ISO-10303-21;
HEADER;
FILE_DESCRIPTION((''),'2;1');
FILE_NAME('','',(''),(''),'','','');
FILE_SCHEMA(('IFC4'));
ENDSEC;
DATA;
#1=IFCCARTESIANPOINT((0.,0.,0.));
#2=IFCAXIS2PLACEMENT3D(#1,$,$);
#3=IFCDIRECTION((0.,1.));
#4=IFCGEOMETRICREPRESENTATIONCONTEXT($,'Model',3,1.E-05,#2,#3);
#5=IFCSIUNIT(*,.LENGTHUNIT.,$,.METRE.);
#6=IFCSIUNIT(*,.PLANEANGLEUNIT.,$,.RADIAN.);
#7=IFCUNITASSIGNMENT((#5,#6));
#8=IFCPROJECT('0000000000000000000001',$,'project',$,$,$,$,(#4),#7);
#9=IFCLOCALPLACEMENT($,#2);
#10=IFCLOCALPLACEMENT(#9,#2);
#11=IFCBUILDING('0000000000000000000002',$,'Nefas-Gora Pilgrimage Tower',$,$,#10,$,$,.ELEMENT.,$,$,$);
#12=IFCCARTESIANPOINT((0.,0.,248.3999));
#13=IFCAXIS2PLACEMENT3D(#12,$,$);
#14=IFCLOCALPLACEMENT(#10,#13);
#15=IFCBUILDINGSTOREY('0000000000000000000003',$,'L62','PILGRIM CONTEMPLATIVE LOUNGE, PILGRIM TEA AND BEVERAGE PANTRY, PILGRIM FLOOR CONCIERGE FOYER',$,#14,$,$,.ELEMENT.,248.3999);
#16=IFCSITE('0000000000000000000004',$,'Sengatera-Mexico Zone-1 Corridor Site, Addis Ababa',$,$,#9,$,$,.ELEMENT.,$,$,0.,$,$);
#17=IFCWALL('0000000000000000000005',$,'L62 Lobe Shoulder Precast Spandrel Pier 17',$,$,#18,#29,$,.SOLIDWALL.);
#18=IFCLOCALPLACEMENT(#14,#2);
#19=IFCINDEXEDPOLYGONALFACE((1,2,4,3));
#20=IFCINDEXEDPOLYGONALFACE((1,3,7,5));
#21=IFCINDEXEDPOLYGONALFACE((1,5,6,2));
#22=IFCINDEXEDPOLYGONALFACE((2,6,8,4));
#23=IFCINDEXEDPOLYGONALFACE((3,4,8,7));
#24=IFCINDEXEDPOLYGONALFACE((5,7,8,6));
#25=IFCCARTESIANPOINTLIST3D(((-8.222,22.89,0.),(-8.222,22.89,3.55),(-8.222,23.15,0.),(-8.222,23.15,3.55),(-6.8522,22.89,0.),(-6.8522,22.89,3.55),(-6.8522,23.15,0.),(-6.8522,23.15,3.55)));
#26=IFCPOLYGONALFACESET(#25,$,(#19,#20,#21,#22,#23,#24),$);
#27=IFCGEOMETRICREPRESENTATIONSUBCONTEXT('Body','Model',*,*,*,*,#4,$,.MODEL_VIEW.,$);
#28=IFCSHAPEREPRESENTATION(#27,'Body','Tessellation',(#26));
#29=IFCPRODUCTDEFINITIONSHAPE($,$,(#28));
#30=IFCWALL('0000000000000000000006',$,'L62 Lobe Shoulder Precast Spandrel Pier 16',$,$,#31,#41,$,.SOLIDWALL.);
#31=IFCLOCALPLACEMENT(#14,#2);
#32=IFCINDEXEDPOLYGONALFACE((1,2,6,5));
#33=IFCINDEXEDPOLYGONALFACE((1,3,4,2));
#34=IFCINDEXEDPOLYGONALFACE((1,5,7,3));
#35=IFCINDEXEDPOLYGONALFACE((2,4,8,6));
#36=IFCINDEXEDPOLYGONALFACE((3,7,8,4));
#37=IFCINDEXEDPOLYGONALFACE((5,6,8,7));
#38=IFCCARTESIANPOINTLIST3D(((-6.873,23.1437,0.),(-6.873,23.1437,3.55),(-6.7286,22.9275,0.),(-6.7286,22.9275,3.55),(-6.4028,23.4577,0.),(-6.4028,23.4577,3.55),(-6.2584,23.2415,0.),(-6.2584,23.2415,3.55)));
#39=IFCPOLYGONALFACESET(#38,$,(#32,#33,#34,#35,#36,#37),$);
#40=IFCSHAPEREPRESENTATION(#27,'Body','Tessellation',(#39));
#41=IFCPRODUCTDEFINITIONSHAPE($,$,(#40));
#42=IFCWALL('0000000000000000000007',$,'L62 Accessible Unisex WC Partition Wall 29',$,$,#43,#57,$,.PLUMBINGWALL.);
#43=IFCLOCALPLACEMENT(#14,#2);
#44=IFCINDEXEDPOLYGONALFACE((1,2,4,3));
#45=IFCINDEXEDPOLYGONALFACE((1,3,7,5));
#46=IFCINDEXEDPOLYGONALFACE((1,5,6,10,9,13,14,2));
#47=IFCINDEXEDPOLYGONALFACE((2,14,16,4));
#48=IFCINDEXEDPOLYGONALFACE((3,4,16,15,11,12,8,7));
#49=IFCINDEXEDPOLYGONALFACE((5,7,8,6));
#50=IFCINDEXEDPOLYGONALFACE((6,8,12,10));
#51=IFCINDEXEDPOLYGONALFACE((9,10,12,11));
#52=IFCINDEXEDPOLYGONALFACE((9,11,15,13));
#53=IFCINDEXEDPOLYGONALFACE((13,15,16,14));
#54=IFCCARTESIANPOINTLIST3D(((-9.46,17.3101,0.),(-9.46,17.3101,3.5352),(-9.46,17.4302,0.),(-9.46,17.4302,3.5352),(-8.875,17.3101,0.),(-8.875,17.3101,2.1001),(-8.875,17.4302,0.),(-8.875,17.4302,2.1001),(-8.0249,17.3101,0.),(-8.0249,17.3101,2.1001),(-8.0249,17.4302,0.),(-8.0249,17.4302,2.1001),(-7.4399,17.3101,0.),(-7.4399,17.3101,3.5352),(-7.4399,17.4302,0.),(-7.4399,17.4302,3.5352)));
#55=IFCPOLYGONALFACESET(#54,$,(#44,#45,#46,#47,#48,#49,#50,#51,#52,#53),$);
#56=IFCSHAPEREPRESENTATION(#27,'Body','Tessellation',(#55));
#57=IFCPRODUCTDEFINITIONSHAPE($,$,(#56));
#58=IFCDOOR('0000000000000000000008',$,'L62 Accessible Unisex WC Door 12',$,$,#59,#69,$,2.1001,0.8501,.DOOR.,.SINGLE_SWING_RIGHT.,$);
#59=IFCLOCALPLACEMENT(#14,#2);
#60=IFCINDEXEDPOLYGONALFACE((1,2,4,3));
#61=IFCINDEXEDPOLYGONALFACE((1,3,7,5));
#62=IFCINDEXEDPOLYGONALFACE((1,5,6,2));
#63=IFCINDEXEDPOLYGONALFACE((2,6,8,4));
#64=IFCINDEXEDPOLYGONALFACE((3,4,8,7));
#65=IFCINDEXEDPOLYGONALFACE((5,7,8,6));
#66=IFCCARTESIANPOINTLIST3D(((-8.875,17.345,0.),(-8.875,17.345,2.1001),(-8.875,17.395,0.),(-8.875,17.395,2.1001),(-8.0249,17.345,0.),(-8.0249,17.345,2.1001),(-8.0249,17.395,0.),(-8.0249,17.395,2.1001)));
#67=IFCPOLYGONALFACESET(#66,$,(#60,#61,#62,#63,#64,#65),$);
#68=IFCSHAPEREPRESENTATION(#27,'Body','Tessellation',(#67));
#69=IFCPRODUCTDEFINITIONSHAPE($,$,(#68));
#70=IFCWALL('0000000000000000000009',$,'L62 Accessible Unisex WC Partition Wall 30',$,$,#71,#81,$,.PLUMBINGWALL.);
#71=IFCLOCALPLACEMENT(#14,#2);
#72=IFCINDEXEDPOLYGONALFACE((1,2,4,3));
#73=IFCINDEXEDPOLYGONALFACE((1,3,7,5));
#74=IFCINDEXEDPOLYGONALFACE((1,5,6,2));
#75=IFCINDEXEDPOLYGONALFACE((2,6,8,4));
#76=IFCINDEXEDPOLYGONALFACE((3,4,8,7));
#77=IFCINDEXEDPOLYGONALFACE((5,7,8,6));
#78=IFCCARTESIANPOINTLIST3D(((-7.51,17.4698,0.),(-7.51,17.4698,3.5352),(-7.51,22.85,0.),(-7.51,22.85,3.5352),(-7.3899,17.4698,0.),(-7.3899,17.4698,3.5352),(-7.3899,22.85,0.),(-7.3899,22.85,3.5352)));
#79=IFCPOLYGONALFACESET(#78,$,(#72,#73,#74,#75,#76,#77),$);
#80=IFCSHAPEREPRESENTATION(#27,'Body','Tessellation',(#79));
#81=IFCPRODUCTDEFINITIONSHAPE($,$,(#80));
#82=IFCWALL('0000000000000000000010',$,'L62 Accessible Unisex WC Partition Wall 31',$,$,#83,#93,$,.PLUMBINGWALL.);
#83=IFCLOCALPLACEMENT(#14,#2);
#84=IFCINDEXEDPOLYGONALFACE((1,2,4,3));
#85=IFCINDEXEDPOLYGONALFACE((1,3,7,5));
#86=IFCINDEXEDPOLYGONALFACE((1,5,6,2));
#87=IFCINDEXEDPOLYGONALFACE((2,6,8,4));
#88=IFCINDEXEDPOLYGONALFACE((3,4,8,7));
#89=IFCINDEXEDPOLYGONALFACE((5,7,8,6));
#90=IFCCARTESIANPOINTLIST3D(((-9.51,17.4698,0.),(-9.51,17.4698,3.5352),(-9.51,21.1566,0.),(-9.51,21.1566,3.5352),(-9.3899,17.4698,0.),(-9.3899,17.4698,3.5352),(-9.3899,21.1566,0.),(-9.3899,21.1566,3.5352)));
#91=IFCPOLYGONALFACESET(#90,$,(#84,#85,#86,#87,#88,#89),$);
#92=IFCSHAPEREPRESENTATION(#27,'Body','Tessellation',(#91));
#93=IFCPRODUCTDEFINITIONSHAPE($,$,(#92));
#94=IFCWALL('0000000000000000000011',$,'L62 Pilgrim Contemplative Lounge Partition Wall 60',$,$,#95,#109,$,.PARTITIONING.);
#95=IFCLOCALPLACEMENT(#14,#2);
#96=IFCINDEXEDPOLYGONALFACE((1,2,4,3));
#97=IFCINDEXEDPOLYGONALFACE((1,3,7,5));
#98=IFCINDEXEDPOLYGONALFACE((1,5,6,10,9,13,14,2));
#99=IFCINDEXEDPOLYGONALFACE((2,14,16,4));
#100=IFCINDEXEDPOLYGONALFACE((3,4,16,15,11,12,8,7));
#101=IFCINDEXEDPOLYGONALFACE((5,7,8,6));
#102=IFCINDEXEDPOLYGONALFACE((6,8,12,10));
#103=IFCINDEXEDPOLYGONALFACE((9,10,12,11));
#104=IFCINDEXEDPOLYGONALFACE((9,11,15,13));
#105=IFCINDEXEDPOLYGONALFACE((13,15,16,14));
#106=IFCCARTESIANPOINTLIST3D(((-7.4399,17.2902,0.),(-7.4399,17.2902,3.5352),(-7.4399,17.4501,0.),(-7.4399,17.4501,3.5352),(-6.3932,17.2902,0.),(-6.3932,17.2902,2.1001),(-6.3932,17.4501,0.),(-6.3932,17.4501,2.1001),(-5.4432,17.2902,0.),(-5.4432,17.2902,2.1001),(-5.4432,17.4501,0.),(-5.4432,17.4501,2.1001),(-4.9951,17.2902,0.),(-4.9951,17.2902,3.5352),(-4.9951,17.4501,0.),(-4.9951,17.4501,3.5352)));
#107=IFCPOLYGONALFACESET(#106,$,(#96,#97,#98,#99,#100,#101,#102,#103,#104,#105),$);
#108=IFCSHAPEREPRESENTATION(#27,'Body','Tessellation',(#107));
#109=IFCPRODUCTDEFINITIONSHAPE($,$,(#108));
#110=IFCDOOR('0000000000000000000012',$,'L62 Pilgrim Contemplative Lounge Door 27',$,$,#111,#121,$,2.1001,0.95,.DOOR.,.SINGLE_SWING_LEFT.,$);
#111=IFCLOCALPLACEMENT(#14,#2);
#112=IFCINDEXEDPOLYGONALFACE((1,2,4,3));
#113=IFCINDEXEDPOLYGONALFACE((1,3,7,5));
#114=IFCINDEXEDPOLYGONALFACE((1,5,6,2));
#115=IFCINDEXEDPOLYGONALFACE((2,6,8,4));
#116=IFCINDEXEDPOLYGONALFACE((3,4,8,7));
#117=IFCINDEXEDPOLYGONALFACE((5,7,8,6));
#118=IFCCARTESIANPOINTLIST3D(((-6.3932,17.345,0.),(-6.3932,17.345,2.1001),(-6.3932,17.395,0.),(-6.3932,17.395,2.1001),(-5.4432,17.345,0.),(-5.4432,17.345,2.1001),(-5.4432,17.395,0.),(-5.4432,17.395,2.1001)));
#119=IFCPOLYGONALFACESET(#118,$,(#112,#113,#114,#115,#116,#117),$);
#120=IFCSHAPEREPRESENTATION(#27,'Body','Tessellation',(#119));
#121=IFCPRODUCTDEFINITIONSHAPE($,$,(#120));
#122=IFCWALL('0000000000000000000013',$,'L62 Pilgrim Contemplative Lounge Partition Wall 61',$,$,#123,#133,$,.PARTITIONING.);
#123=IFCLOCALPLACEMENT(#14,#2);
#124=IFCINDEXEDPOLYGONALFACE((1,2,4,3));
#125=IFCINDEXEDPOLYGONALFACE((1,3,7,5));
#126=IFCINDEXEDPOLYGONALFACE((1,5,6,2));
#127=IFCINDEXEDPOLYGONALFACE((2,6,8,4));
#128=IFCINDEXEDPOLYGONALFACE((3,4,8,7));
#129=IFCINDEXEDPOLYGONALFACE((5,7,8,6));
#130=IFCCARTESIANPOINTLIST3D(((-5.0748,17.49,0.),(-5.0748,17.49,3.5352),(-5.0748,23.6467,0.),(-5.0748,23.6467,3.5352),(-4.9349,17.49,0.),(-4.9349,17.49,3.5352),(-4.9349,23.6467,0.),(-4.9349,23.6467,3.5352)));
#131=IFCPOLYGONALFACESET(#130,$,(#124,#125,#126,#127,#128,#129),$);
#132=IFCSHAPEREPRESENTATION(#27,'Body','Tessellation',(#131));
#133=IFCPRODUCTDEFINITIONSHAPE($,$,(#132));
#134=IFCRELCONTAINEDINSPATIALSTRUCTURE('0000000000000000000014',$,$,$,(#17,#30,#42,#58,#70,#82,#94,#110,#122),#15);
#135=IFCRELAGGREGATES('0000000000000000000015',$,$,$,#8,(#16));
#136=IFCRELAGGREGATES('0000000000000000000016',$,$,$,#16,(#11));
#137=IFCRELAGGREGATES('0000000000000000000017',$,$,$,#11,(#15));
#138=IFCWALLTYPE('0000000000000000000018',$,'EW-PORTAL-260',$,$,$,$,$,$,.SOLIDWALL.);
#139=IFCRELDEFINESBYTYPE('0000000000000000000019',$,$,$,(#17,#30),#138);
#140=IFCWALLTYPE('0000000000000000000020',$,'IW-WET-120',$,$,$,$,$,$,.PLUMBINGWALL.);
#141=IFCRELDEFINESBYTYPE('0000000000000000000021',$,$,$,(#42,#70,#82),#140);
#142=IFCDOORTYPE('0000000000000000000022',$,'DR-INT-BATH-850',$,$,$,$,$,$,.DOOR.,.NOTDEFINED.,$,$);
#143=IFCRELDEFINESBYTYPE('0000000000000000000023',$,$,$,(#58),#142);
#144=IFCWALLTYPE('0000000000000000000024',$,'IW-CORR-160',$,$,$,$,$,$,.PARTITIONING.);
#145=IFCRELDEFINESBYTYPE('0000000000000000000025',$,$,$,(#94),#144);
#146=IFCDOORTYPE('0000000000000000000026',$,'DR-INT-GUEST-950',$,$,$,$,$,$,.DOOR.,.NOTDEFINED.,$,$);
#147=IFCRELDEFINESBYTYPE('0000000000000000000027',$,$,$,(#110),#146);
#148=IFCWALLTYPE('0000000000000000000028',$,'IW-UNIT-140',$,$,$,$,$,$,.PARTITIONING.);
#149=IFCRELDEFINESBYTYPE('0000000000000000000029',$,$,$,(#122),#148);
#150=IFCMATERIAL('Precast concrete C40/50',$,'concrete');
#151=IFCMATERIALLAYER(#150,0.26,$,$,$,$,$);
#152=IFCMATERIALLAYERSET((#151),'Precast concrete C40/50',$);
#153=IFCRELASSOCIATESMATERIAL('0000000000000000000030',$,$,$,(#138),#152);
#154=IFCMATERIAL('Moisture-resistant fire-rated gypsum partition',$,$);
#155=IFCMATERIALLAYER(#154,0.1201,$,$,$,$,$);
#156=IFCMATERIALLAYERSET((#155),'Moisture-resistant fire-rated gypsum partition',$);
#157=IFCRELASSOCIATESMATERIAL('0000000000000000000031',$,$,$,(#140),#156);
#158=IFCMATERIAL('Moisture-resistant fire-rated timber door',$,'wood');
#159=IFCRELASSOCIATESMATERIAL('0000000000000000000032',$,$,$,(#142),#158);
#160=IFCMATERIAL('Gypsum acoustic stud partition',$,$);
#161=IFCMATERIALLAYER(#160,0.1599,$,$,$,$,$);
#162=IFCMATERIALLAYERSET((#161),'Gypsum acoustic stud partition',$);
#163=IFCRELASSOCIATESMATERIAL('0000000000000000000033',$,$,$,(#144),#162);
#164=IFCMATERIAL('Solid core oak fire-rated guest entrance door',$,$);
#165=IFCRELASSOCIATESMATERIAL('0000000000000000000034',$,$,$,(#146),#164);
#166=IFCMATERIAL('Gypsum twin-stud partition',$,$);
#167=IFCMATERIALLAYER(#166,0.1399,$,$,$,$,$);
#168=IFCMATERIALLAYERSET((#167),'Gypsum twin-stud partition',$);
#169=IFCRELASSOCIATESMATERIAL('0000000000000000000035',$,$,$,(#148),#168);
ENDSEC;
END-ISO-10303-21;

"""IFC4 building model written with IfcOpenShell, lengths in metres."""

from ifc_helpers import new_model, si_unit, direction, frame, frame_2d, origin, place, context, subcontext, project, spatial, rectangle, extrude, source, transform, mapped, material, layer, layer_set, type_object, element, fill, save


model = new_model("IFC4")

# Units and contexts
model_context = context("Model", 3, precision=1e-05, world=origin(), true_north=direction((0.0, 1.0)))
body_context = subcontext(model_context, "Body", "Model", "MODEL_VIEW")
ifc_project = project(units=[si_unit("LENGTHUNIT", "METRE"), si_unit("PLANEANGLEUNIT", "RADIAN")], contexts=[model_context])

# Site, building, storey
site_placement = place(None, origin())
site = spatial("IfcSite", under=ifc_project, at=site_placement, Name="Sengatera-Mexico Zone-1 Corridor Site, Addis Ababa", CompositionType="ELEMENT", RefElevation=0.0)
building_placement = place(site_placement, origin())
building = spatial("IfcBuilding", under=site, at=building_placement, Name="Nefas-Gora Pilgrimage Tower", CompositionType="ELEMENT")
storey_placement = place(building_placement, frame((0.0, 0.0, 248.3999)))
storey = spatial("IfcBuildingStorey", under=building, at=storey_placement, Name="L62", Description="PILGRIM CONTEMPLATIVE LOUNGE, PILGRIM TEA AND BEVERAGE PANTRY, PILGRIM FLOOR CONCIERGE FOYER", CompositionType="ELEMENT", Elevation=248.3999)

# Walls
ifc_material_1 = material(Name="Precast concrete C40/50", Category="concrete")
ifc_layer_1 = layer(ifc_material_1, 0.26)
ifc_layer_set_1 = layer_set([ifc_layer_1], Name="Precast concrete C40/50")
wall_type_1 = type_object("IfcWallType", Name="EW-PORTAL-260", PredefinedType="SOLIDWALL", material=ifc_layer_set_1)
shared_shape_1 = source(origin(), body_context, "Body", "SweptSolid", [
    extrude(rectangle(XDim=1.3699, YDim=0.26, at=frame_2d((0.6851, 0.0))), origin(), (0.0, 0.0, 1.0), 3.55),
])
wall_1_placement = place(storey_placement, frame((-6.8521, 23.02, 0.0), z_axis=(0.0, 0.0, 1.0), x_axis=(-1.0, 0.0, 0.0)))
element("IfcWall", 1, at=wall_1_placement, inside=storey, type_object=wall_type_1, Name="L62 Lobe Shoulder Precast Spandrel Pier 17", PredefinedType="SOLIDWALL", context=body_context, shape_type="MappedRepresentation", body=[
    mapped(shared_shape_1, transform((0.0, 0.0, 0.0), x_axis=(1.0, 0.0, 0.0), y_axis=(0.0, 1.0, 0.0), z_axis=(0.0, 0.0, 1.0), scale=1.0)),
])
shared_shape_2 = source(origin(), body_context, "Body", "SweptSolid", [
    extrude(rectangle(XDim=0.5654, YDim=0.26, at=frame_2d((0.2827, 0.0))), origin(), (0.0, 0.0, 1.0), 3.55),
])
wall_2_placement = place(storey_placement, frame((-6.3306, 23.3496, 0.0), z_axis=(0.0, 0.0, 1.0), x_axis=(-0.831651, -0.555298, 0.0)))
element("IfcWall", 2, at=wall_2_placement, inside=storey, type_object=wall_type_1, Name="L62 Lobe Shoulder Precast Spandrel Pier 16", PredefinedType="SOLIDWALL", context=body_context, shape_type="MappedRepresentation", body=[
    mapped(shared_shape_2, transform((0.0, 0.0, 0.0), x_axis=(1.0, 0.0, 0.0), y_axis=(0.0, 1.0, 0.0), z_axis=(0.0, 0.0, 1.0), scale=1.0)),
])

# Wall, opening, door
ifc_material_2 = material(Name="Moisture-resistant fire-rated gypsum partition")
ifc_layer_2 = layer(ifc_material_2, 0.1201)
ifc_layer_set_2 = layer_set([ifc_layer_2], Name="Moisture-resistant fire-rated gypsum partition")
wall_type_2 = type_object("IfcWallType", Name="IW-WET-120", PredefinedType="PLUMBINGWALL", material=ifc_layer_set_2)
shared_shape_3 = source(origin(), body_context, "Body", "SweptSolid", [
    extrude(rectangle(XDim=2.02, YDim=0.1201, at=frame_2d((1.01, 0.0))), origin(), (0.0, 0.0, 1.0), 3.5352),
])
wall_3_placement = place(storey_placement, frame((-9.46, 17.3701, 0.0), z_axis=(0.0, 0.0, 1.0), x_axis=(1.0, 0.0, 0.0)))
wall_3 = element("IfcWall", 3, at=wall_3_placement, inside=storey, type_object=wall_type_2, Name="L62 Accessible Unisex WC Partition Wall 29", PredefinedType="PLUMBINGWALL", context=body_context, shape_type="MappedRepresentation", body=[
    mapped(shared_shape_3, transform((0.0, 0.0, 0.0), x_axis=(1.0, 0.0, 0.0), y_axis=(0.0, 1.0, 0.0), z_axis=(0.0, 0.0, 1.0), scale=1.0)),
])
opening_1_placement = place(wall_3_placement, frame((0.585, 0.0, 0.0)))
opening_1 = element("IfcOpeningElement", 4, at=opening_1_placement, cuts=wall_3, PredefinedType="OPENING", context=body_context, shape_type="SweptSolid", body=[
    extrude(rectangle(XDim=0.8501, YDim=2.1001, at=frame_2d((0.425, 1.05))), frame((0.0, 0.0701, 0.0), z_axis=(0.0, -1.0, 0.0), x_axis=(1.0, 0.0, 0.0)), (0.0, 0.0, 1.0), 0.1401),
])
ifc_material_3 = material(Name="Moisture-resistant fire-rated timber door", Category="wood")
door_type_1 = type_object("IfcDoorType", Name="DR-INT-BATH-850", OperationType="NOTDEFINED", PredefinedType="DOOR", material=ifc_material_3)
shared_shape_4 = source(origin(), body_context, "Body", "SweptSolid", [
    extrude(rectangle(XDim=0.8501, YDim=2.1001, at=frame_2d((0.425, 1.05))), frame((0.0, 0.0249, 0.0), z_axis=(0.0, -1.0, 0.0), x_axis=(1.0, 0.0, 0.0)), (0.0, 0.0, 1.0), 0.05),
])
door_1_placement = place(opening_1_placement, origin())
door_1 = element("IfcDoor", 5, at=door_1_placement, inside=storey, type_object=door_type_1, Name="L62 Accessible Unisex WC Door 12", OperationType="SINGLE_SWING_RIGHT", OverallHeight=2.1001, OverallWidth=0.8501, PredefinedType="DOOR", context=body_context, shape_type="MappedRepresentation", body=[
    mapped(shared_shape_4, transform((0.0, 0.0, 0.0), x_axis=(1.0, 0.0, 0.0), y_axis=(0.0, 1.0, 0.0), z_axis=(0.0, 0.0, 1.0), scale=1.0)),
])
fill(opening_1, door_1)

# Walls
shared_shape_5 = source(origin(), body_context, "Body", "SweptSolid", [
    extrude(rectangle(XDim=5.3801, YDim=0.1201, at=frame_2d((2.6899, 0.0))), origin(), (0.0, 0.0, 1.0), 3.5352),
])
wall_4_placement = place(storey_placement, frame((-7.45, 17.47, 0.0), z_axis=(0.0, 0.0, 1.0), x_axis=(0.0, 1.0, 0.0)))
element("IfcWall", 6, at=wall_4_placement, inside=storey, type_object=wall_type_2, Name="L62 Accessible Unisex WC Partition Wall 30", PredefinedType="PLUMBINGWALL", context=body_context, shape_type="MappedRepresentation", body=[
    mapped(shared_shape_5, transform((0.0, 0.0, 0.0), x_axis=(1.0, 0.0, 0.0), y_axis=(0.0, 1.0, 0.0), z_axis=(0.0, 0.0, 1.0), scale=1.0)),
])
shared_shape_6 = source(origin(), body_context, "Body", "SweptSolid", [
    extrude(rectangle(XDim=3.6868, YDim=0.1201, at=frame_2d((1.8433, 0.0))), origin(), (0.0, 0.0, 1.0), 3.5352),
])
wall_5_placement = place(storey_placement, frame((-9.45, 17.47, 0.0), z_axis=(0.0, 0.0, 1.0), x_axis=(0.0, 1.0, 0.0)))
element("IfcWall", 7, at=wall_5_placement, inside=storey, type_object=wall_type_2, Name="L62 Accessible Unisex WC Partition Wall 31", PredefinedType="PLUMBINGWALL", context=body_context, shape_type="MappedRepresentation", body=[
    mapped(shared_shape_6, transform((0.0, 0.0, 0.0), x_axis=(1.0, 0.0, 0.0), y_axis=(0.0, 1.0, 0.0), z_axis=(0.0, 0.0, 1.0), scale=1.0)),
])

# Wall, opening, door
ifc_material_4 = material(Name="Gypsum acoustic stud partition")
ifc_layer_3 = layer(ifc_material_4, 0.1599)
ifc_layer_set_3 = layer_set([ifc_layer_3], Name="Gypsum acoustic stud partition")
wall_type_3 = type_object("IfcWallType", Name="IW-CORR-160", PredefinedType="PARTITIONING", material=ifc_layer_set_3)
shared_shape_7 = source(origin(), body_context, "Body", "SweptSolid", [
    extrude(rectangle(XDim=2.4448, YDim=0.1599, at=frame_2d((1.2224, 0.0))), origin(), (0.0, 0.0, 1.0), 3.5352),
])
wall_6_placement = place(storey_placement, frame((-7.4399, 17.3701, 0.0), z_axis=(0.0, 0.0, 1.0), x_axis=(1.0, 0.0, 0.0)))
wall_6 = element("IfcWall", 8, at=wall_6_placement, inside=storey, type_object=wall_type_3, Name="L62 Pilgrim Contemplative Lounge Partition Wall 60", PredefinedType="PARTITIONING", context=body_context, shape_type="MappedRepresentation", body=[
    mapped(shared_shape_7, transform((0.0, 0.0, 0.0), x_axis=(1.0, 0.0, 0.0), y_axis=(0.0, 1.0, 0.0), z_axis=(0.0, 0.0, 1.0), scale=1.0)),
])
opening_2_placement = place(wall_6_placement, frame((1.0466, 0.0, 0.0)))
opening_2 = element("IfcOpeningElement", 9, at=opening_2_placement, cuts=wall_6, PredefinedType="OPENING", context=body_context, shape_type="SweptSolid", body=[
    extrude(rectangle(XDim=0.95, YDim=2.1001, at=frame_2d((0.4751, 1.05))), frame((0.0, 0.0898, 0.0), z_axis=(0.0, -1.0, 0.0), x_axis=(1.0, 0.0, 0.0)), (0.0, 0.0, 1.0), 0.1799),
])
ifc_material_5 = material(Name="Solid core oak fire-rated guest entrance door")
door_type_2 = type_object("IfcDoorType", Name="DR-INT-GUEST-950", OperationType="NOTDEFINED", PredefinedType="DOOR", material=ifc_material_5)
shared_shape_8 = source(origin(), body_context, "Body", "SweptSolid", [
    extrude(rectangle(XDim=0.95, YDim=2.1001, at=frame_2d((0.4751, 1.05))), frame((0.0, 0.0249, 0.0), z_axis=(0.0, -1.0, 0.0), x_axis=(1.0, 0.0, 0.0)), (0.0, 0.0, 1.0), 0.05),
])
door_2_placement = place(opening_2_placement, origin())
door_2 = element("IfcDoor", 10, at=door_2_placement, inside=storey, type_object=door_type_2, Name="L62 Pilgrim Contemplative Lounge Door 27", OperationType="SINGLE_SWING_LEFT", OverallHeight=2.1001, OverallWidth=0.95, PredefinedType="DOOR", context=body_context, shape_type="MappedRepresentation", body=[
    mapped(shared_shape_8, transform((0.0, 0.0, 0.0), x_axis=(1.0, 0.0, 0.0), y_axis=(0.0, 1.0, 0.0), z_axis=(0.0, 0.0, 1.0), scale=1.0)),
])
fill(opening_2, door_2)

# Wall
ifc_material_6 = material(Name="Gypsum twin-stud partition")
ifc_layer_4 = layer(ifc_material_6, 0.1399)
ifc_layer_set_4 = layer_set([ifc_layer_4], Name="Gypsum twin-stud partition")
wall_type_4 = type_object("IfcWallType", Name="IW-UNIT-140", PredefinedType="PARTITIONING", material=ifc_layer_set_4)
shared_shape_9 = source(origin(), body_context, "Body", "SweptSolid", [
    extrude(rectangle(XDim=6.1567, YDim=0.1399, at=frame_2d((3.0784, 0.0))), origin(), (0.0, 0.0, 1.0), 3.5352),
])
wall_7_placement = place(storey_placement, frame((-5.0049, 17.49, 0.0), z_axis=(0.0, 0.0, 1.0), x_axis=(0.0, 1.0, 0.0)))
element("IfcWall", 11, at=wall_7_placement, inside=storey, type_object=wall_type_4, Name="L62 Pilgrim Contemplative Lounge Partition Wall 61", PredefinedType="PARTITIONING", context=body_context, shape_type="MappedRepresentation", body=[
    mapped(shared_shape_9, transform((0.0, 0.0, 0.0), x_axis=(1.0, 0.0, 0.0), y_axis=(0.0, 1.0, 0.0), z_axis=(0.0, 0.0, 1.0), scale=1.0)),
])

save(model, "model.ifc")
